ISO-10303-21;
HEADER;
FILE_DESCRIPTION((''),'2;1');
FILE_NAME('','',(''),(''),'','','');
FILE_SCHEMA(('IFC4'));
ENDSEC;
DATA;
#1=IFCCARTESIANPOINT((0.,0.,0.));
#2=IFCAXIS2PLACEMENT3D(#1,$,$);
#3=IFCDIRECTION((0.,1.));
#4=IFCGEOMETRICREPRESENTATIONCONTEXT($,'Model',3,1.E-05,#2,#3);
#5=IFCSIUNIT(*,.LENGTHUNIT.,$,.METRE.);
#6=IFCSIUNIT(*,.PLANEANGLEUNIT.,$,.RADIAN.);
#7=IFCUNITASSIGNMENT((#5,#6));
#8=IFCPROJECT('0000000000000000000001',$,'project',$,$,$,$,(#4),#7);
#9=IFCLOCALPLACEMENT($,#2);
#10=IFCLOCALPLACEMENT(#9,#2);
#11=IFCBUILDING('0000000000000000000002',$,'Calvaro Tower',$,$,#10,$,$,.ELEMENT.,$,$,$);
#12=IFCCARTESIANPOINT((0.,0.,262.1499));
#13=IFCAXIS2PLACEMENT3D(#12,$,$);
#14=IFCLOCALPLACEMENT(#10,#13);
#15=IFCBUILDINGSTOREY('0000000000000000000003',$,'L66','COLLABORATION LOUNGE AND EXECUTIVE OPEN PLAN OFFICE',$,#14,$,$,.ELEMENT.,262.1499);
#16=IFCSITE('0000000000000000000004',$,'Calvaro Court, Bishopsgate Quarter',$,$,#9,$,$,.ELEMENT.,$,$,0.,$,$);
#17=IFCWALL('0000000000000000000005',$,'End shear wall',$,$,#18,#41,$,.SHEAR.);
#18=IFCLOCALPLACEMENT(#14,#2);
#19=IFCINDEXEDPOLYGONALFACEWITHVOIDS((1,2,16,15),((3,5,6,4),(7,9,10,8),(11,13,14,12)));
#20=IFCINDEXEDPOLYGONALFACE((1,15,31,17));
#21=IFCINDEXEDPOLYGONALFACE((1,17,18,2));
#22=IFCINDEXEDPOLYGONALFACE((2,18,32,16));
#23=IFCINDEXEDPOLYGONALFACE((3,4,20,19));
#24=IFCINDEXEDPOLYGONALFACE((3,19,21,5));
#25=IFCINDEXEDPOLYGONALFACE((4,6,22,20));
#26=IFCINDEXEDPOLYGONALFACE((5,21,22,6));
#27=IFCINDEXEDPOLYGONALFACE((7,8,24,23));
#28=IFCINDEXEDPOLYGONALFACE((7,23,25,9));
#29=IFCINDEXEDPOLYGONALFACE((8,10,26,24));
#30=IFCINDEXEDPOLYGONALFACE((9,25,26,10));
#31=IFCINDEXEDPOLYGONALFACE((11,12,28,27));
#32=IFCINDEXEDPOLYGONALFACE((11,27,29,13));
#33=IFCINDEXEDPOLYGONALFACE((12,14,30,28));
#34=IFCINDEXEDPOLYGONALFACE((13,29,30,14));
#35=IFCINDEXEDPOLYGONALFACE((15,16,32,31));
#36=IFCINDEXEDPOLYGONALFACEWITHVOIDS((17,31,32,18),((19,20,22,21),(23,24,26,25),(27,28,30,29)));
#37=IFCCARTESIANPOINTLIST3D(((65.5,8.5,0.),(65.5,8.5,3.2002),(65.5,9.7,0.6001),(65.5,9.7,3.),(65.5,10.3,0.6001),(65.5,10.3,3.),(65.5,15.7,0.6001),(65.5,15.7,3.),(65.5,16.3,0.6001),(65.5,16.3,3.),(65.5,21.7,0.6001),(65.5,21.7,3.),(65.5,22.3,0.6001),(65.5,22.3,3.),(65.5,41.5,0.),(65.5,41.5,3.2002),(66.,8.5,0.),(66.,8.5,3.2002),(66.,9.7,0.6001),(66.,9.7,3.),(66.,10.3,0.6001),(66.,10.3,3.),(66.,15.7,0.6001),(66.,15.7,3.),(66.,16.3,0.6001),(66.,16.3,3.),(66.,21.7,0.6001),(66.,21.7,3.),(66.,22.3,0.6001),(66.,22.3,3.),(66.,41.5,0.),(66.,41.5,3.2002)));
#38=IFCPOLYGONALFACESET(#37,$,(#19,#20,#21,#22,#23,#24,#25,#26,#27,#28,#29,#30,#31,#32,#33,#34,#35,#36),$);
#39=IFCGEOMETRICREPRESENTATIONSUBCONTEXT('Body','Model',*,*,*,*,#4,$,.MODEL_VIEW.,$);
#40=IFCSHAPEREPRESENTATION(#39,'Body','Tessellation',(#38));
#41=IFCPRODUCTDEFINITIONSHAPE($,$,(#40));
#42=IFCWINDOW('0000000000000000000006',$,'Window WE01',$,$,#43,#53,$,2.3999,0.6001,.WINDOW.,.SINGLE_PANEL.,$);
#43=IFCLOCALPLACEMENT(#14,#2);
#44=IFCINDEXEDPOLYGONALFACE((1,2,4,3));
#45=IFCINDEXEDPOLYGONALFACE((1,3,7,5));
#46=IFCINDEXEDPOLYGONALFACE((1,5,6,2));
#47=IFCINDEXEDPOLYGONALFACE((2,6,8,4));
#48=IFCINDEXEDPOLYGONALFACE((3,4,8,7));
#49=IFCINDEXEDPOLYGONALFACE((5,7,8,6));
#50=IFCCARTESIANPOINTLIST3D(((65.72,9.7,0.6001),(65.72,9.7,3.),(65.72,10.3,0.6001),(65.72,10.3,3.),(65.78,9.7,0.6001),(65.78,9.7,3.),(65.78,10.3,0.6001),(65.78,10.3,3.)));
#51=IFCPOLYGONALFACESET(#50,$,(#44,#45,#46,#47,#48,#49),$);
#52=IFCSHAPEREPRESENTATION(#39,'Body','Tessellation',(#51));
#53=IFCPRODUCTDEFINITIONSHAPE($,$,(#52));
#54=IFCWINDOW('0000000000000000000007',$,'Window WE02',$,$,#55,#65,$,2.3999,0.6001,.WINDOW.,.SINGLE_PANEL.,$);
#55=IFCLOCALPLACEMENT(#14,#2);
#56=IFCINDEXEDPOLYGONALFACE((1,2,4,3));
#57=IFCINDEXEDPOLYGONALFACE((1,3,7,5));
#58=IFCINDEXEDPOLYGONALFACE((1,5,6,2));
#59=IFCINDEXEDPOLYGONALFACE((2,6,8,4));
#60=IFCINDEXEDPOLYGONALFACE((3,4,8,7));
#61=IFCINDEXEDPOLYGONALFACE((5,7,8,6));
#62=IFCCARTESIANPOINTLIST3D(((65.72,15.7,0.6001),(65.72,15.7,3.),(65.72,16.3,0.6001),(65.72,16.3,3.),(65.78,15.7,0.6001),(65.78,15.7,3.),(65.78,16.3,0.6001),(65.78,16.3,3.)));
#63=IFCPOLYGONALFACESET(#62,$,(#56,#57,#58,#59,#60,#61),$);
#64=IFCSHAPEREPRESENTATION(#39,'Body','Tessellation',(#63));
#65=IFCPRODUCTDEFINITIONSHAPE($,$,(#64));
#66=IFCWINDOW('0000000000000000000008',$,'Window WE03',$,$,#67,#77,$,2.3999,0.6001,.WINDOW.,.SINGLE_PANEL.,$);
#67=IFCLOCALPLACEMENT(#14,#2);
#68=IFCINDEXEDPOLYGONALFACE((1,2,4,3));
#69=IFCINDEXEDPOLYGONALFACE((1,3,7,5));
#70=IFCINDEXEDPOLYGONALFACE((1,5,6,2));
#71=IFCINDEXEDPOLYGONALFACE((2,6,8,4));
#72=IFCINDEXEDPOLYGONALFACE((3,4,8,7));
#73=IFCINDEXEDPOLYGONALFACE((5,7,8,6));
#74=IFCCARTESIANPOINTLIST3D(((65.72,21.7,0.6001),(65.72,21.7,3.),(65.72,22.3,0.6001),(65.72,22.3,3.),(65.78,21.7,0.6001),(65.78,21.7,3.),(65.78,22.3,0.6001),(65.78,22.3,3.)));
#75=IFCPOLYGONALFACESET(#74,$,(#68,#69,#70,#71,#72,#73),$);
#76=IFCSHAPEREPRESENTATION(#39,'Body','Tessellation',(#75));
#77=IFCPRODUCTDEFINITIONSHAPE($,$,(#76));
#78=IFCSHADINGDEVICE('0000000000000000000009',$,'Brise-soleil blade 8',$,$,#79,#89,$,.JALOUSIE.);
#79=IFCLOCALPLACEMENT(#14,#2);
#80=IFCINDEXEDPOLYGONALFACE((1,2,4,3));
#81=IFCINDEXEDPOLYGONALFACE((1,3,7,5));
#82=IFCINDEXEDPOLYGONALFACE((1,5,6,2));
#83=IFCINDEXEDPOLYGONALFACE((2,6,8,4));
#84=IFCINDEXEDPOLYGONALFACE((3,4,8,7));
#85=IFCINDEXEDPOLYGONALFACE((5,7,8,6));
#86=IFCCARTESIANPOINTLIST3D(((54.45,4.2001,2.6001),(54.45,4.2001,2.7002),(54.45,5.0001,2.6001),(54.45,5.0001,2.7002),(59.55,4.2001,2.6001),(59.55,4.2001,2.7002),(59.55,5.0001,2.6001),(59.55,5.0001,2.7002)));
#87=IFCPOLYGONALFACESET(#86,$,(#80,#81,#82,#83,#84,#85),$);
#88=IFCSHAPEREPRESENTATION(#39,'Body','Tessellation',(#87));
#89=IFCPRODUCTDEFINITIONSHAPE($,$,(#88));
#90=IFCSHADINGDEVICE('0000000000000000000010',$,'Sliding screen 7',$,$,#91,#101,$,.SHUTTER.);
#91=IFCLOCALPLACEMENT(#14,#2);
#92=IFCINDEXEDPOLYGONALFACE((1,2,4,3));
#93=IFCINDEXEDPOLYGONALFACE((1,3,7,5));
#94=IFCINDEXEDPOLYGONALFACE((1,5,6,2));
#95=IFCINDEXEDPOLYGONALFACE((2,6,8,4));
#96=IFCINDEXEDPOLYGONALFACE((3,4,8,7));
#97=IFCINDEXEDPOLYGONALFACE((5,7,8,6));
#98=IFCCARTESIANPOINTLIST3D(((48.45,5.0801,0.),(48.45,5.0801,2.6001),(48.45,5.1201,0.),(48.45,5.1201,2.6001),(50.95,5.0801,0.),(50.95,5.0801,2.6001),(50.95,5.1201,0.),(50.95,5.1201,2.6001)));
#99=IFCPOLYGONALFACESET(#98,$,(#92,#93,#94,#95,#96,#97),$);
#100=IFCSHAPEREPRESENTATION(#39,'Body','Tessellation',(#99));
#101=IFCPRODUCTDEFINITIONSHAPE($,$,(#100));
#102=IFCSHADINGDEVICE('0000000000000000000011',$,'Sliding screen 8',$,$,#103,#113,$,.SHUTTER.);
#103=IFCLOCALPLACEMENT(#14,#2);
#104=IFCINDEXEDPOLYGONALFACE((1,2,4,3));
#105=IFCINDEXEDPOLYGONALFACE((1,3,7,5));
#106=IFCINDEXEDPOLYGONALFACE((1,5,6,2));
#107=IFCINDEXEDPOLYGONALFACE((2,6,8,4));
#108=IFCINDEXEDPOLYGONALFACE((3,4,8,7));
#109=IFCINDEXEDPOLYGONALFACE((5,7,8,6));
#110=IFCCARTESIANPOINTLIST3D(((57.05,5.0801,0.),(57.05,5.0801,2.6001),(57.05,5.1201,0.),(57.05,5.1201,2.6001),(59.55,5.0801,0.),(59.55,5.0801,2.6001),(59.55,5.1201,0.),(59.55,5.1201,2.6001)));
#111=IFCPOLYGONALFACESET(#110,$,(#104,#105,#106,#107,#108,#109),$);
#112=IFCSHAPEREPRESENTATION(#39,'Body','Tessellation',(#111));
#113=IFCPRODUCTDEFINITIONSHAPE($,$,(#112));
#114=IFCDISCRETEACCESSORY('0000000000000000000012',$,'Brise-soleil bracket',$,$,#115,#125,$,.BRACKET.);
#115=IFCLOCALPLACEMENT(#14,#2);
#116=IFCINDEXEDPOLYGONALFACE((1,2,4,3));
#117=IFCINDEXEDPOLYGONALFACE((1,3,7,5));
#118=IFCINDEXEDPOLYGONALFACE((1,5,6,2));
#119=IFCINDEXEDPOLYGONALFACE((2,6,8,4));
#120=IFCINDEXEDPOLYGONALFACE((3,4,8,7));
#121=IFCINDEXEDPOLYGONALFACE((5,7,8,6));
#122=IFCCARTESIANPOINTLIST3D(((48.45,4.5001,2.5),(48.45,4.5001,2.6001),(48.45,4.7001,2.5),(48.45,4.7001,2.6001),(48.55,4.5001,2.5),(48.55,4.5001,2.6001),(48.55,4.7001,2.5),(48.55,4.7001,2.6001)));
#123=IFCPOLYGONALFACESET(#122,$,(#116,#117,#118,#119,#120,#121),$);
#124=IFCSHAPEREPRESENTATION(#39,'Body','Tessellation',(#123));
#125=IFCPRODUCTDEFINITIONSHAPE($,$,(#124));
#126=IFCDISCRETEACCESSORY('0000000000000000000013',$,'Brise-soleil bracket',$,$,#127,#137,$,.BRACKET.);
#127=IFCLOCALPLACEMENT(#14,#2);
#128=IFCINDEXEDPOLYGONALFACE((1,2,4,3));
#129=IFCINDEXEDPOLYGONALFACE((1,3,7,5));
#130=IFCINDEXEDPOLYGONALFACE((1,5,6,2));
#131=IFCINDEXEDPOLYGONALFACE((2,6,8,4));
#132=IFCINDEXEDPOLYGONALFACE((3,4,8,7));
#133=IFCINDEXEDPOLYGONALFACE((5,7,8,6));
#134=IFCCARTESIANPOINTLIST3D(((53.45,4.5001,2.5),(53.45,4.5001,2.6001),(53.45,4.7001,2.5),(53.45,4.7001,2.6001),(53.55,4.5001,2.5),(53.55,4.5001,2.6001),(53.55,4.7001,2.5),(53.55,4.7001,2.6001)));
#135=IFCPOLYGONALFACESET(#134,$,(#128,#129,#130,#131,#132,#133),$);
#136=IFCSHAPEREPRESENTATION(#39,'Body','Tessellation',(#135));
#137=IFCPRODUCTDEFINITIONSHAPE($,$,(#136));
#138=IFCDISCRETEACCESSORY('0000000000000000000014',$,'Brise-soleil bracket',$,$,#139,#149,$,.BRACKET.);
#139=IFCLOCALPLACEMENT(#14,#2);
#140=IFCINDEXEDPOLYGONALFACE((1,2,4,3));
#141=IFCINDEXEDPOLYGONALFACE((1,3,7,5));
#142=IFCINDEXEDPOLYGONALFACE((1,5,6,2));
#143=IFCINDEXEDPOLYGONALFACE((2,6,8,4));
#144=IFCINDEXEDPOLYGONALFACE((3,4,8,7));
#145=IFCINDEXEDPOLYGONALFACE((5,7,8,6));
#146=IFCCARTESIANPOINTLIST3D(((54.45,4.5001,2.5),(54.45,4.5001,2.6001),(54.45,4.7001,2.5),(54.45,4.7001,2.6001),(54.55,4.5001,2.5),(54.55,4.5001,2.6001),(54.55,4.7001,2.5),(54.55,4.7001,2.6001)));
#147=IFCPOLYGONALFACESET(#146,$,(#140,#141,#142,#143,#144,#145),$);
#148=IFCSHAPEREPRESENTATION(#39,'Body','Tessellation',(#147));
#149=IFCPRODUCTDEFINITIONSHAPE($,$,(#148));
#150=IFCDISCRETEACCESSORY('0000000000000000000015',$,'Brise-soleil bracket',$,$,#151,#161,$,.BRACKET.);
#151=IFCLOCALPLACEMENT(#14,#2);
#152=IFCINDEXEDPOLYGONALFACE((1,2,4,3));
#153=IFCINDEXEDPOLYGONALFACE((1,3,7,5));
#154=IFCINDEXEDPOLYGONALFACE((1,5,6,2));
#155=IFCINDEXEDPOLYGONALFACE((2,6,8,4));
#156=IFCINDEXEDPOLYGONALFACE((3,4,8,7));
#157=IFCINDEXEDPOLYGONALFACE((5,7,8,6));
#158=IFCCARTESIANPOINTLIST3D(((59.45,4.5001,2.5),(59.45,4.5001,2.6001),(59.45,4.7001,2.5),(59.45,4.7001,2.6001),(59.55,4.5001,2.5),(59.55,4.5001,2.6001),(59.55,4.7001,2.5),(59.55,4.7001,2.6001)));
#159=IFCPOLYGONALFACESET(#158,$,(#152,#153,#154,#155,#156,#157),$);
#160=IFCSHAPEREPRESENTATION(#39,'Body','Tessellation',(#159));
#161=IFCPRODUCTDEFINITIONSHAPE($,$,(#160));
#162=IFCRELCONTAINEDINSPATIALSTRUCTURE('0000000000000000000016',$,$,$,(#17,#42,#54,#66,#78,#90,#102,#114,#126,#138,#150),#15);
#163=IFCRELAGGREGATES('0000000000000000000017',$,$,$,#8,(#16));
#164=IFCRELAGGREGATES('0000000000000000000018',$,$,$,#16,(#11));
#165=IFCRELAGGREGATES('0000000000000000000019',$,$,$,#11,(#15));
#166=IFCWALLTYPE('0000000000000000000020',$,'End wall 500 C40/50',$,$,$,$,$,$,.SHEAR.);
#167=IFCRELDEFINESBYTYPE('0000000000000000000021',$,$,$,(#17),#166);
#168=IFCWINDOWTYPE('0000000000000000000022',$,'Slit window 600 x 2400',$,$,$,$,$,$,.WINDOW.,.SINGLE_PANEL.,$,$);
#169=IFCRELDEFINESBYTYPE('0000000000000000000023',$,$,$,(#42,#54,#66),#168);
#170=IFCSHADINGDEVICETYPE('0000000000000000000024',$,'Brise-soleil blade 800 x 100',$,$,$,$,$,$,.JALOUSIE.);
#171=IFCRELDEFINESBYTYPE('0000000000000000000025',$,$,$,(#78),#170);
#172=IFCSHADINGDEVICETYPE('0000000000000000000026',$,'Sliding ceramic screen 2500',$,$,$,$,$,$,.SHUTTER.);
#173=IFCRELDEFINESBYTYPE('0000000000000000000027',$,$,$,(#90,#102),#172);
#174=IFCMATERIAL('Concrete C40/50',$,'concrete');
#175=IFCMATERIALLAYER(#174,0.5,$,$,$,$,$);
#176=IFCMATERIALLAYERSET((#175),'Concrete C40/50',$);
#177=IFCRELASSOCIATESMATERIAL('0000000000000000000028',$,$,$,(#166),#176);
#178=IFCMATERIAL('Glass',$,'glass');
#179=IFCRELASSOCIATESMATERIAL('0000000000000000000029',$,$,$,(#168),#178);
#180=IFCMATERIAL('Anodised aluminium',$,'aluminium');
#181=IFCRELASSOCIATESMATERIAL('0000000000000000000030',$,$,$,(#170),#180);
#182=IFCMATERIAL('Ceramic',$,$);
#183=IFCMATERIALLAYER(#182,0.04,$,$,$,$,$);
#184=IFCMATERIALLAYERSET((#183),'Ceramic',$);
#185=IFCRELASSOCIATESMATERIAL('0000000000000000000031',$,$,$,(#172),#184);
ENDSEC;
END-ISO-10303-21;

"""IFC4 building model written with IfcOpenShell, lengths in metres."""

from ifc_helpers import new_model, si_unit, direction, frame, frame_2d, origin, origin_2d, place, context, subcontext, project, spatial, rectangle, extrude, material, layer, layer_set, material_profile, profile_set, type_object, element, fill, save


model = new_model("IFC4")

# Units and contexts
model_context = context("Model", 3, precision=1e-05, world=origin(), true_north=direction((0.0, 1.0)))
body_context = subcontext(model_context, "Body", "Model", "MODEL_VIEW")
ifc_project = project(units=[si_unit("LENGTHUNIT", "METRE"), si_unit("PLANEANGLEUNIT", "RADIAN")], contexts=[model_context])

# Site, building, storey
site_placement = place(None, origin())
site = spatial("IfcSite", under=ifc_project, at=site_placement, Name="Calvaro Court, Bishopsgate Quarter", CompositionType="ELEMENT", RefElevation=0.0)
building_placement = place(site_placement, origin())
building = spatial("IfcBuilding", under=site, at=building_placement, Name="Calvaro Tower", CompositionType="ELEMENT")
storey_placement = place(building_placement, frame((0.0, 0.0, 262.1499)))
storey = spatial("IfcBuildingStorey", under=building, at=storey_placement, Name="L66", Description="COLLABORATION LOUNGE AND EXECUTIVE OPEN PLAN OFFICE", CompositionType="ELEMENT", Elevation=262.1499)

# Wall, openings, windows
ifc_material_1 = material(Name="Concrete C40/50", Category="concrete")
ifc_layer_1 = layer(ifc_material_1, 0.5)
ifc_layer_set_1 = layer_set([ifc_layer_1], Name="Concrete C40/50")
wall_type = type_object("IfcWallType", Name="End wall 500 C40/50", PredefinedType="SHEAR", material=ifc_layer_set_1)
wall_placement = place(storey_placement, frame((65.75, 8.5, 0.0), z_axis=(0.0, 0.0, 1.0), x_axis=(0.0, 1.0, 0.0)))
wall = element("IfcWall", 1, at=wall_placement, inside=storey, type_object=wall_type, Name="End shear wall", PredefinedType="SHEAR", context=body_context, shape_type="SweptSolid", body=[
    extrude(rectangle(XDim=33.0, YDim=0.5, at=frame_2d((16.5, 0.0))), origin(), (0.0, 0.0, 1.0), 3.2002),
])
opening_1_placement = place(wall_placement, frame((1.2, 0.0, 0.6001)))
opening_1 = element("IfcOpeningElement", 2, at=opening_1_placement, cuts=wall, PredefinedType="OPENING", context=body_context, shape_type="SweptSolid", body=[
    extrude(rectangle(XDim=0.6001, YDim=2.3999, at=frame_2d((0.3, 1.2))), frame((0.0, 0.26, 0.0), z_axis=(0.0, -1.0, 0.0), x_axis=(1.0, 0.0, 0.0)), (0.0, 0.0, 1.0), 0.52),
])
opening_2_placement = place(wall_placement, frame((7.2, 0.0, 0.6001)))
opening_2 = element("IfcOpeningElement", 3, at=opening_2_placement, cuts=wall, PredefinedType="OPENING", context=body_context, shape_type="SweptSolid", body=[
    extrude(rectangle(XDim=0.6001, YDim=2.3999, at=frame_2d((0.3, 1.2))), frame((0.0, 0.26, 0.0), z_axis=(0.0, -1.0, 0.0), x_axis=(1.0, 0.0, 0.0)), (0.0, 0.0, 1.0), 0.52),
])
opening_3_placement = place(wall_placement, frame((13.2, 0.0, 0.6001)))
opening_3 = element("IfcOpeningElement", 4, at=opening_3_placement, cuts=wall, PredefinedType="OPENING", context=body_context, shape_type="SweptSolid", body=[
    extrude(rectangle(XDim=0.6001, YDim=2.3999, at=frame_2d((0.3, 1.2))), frame((0.0, 0.26, 0.0), z_axis=(0.0, -1.0, 0.0), x_axis=(1.0, 0.0, 0.0)), (0.0, 0.0, 1.0), 0.52),
])
ifc_material_2 = material(Name="Glass", Category="glass")
window_type = type_object("IfcWindowType", Name="Slit window 600 x 2400", PartitioningType="SINGLE_PANEL", PredefinedType="WINDOW", material=ifc_material_2)
window_1_placement = place(opening_1_placement, origin())
window_1 = element("IfcWindow", 5, at=window_1_placement, inside=storey, type_object=window_type, Name="Window WE01", OverallHeight=2.3999, OverallWidth=0.6001, PartitioningType="SINGLE_PANEL", PredefinedType="WINDOW", context=body_context, shape_type="SweptSolid", body=[
    extrude(rectangle(XDim=0.6001, YDim=2.3999, at=frame_2d((0.3, 1.2))), frame((0.0, 0.03, 0.0), z_axis=(0.0, -1.0, 0.0), x_axis=(1.0, 0.0, 0.0)), (0.0, 0.0, 1.0), 0.0601),
])
fill(opening_1, window_1)
window_2_placement = place(opening_2_placement, origin())
window_2 = element("IfcWindow", 6, at=window_2_placement, inside=storey, type_object=window_type, Name="Window WE02", OverallHeight=2.3999, OverallWidth=0.6001, PartitioningType="SINGLE_PANEL", PredefinedType="WINDOW", context=body_context, shape_type="SweptSolid", body=[
    extrude(rectangle(XDim=0.6001, YDim=2.3999, at=frame_2d((0.3, 1.2))), frame((0.0, 0.03, 0.0), z_axis=(0.0, -1.0, 0.0), x_axis=(1.0, 0.0, 0.0)), (0.0, 0.0, 1.0), 0.0601),
])
fill(opening_2, window_2)
window_3_placement = place(opening_3_placement, origin())
window_3 = element("IfcWindow", 7, at=window_3_placement, inside=storey, type_object=window_type, Name="Window WE03", OverallHeight=2.3999, OverallWidth=0.6001, PartitioningType="SINGLE_PANEL", PredefinedType="WINDOW", context=body_context, shape_type="SweptSolid", body=[
    extrude(rectangle(XDim=0.6001, YDim=2.3999, at=frame_2d((0.3, 1.2))), frame((0.0, 0.03, 0.0), z_axis=(0.0, -1.0, 0.0), x_axis=(1.0, 0.0, 0.0)), (0.0, 0.0, 1.0), 0.0601),
])
fill(opening_3, window_3)

# Shading devices
ifc_material_3 = material(Name="Anodised aluminium", Category="aluminium")
ifc_material_profile_1 = material_profile(ifc_material_3, rectangle(XDim=0.8, YDim=0.1001, at=origin_2d()), Name="Brise-soleil blade 800 x 100")
ifc_profile_set_1 = profile_set([ifc_material_profile_1], Name="Anodised aluminium")
shading_device_type_1 = type_object("IfcShadingDeviceType", Name="Brise-soleil blade 800 x 100", PredefinedType="JALOUSIE", material=ifc_profile_set_1)
shading_device_placement = place(storey_placement, frame((54.45, 4.6001, 2.6501), z_axis=(1.0, 0.0, 0.0), x_axis=(0.0, 1.0, 0.0)))
element("IfcShadingDevice", 8, at=shading_device_placement, inside=storey, type_object=shading_device_type_1, Name="Brise-soleil blade 8", PredefinedType="JALOUSIE", context=body_context, shape_type="SweptSolid", body=[
    extrude(rectangle(XDim=0.8, YDim=0.1001, at=origin_2d()), origin(), (0.0, 0.0, 1.0), 5.1001),
])
ifc_material_4 = material(Name="Ceramic")
ifc_layer_2 = layer(ifc_material_4, 0.04)
ifc_layer_set_2 = layer_set([ifc_layer_2], Name="Ceramic")
shading_device_type_2 = type_object("IfcShadingDeviceType", Name="Sliding ceramic screen 2500", PredefinedType="SHUTTER", material=ifc_layer_set_2)
for number, where, z_axis, x_axis, name in (
    (9, (49.7, 5.1001, 0.0), (0.0, 0.0, 1.0), (1.0, 0.0, 0.0), "Sliding screen 7"),
    (10, (58.3, 5.1001, 0.0), (0.0, 0.0, 1.0), (1.0, 0.0, 0.0), "Sliding screen 8"),
):
    element("IfcShadingDevice", number, at=place(storey_placement, frame(where, z_axis=z_axis, x_axis=x_axis)), inside=storey, type_object=shading_device_type_2, Name=name, PredefinedType="SHUTTER", context=body_context, shape_type="SweptSolid", body=[
        extrude(rectangle(XDim=2.5, YDim=0.04, at=origin_2d()), origin(), (0.0, 0.0, 1.0), 2.6001),
    ])

# Discrete accessories
for number, where, z_axis, x_axis, name in (
    (11, (48.5, 4.6001, 2.5), (0.0, 0.0, 1.0), (1.0, 0.0, 0.0), "Brise-soleil bracket"),
    (12, (53.5, 4.6001, 2.5), (0.0, 0.0, 1.0), (1.0, 0.0, 0.0), "Brise-soleil bracket"),
    (13, (54.5, 4.6001, 2.5), (0.0, 0.0, 1.0), (1.0, 0.0, 0.0), "Brise-soleil bracket"),
    (14, (59.5, 4.6001, 2.5), (0.0, 0.0, 1.0), (1.0, 0.0, 0.0), "Brise-soleil bracket"),
):
    element("IfcDiscreteAccessory", number, at=place(storey_placement, frame(where, z_axis=z_axis, x_axis=x_axis)), inside=storey, Name=name, PredefinedType="BRACKET", context=body_context, shape_type="SweptSolid", body=[
        extrude(rectangle(XDim=0.1001, YDim=0.2, at=origin_2d()), origin(), (0.0, 0.0, 1.0), 0.1001),
    ])

save(model, "model.ifc")
